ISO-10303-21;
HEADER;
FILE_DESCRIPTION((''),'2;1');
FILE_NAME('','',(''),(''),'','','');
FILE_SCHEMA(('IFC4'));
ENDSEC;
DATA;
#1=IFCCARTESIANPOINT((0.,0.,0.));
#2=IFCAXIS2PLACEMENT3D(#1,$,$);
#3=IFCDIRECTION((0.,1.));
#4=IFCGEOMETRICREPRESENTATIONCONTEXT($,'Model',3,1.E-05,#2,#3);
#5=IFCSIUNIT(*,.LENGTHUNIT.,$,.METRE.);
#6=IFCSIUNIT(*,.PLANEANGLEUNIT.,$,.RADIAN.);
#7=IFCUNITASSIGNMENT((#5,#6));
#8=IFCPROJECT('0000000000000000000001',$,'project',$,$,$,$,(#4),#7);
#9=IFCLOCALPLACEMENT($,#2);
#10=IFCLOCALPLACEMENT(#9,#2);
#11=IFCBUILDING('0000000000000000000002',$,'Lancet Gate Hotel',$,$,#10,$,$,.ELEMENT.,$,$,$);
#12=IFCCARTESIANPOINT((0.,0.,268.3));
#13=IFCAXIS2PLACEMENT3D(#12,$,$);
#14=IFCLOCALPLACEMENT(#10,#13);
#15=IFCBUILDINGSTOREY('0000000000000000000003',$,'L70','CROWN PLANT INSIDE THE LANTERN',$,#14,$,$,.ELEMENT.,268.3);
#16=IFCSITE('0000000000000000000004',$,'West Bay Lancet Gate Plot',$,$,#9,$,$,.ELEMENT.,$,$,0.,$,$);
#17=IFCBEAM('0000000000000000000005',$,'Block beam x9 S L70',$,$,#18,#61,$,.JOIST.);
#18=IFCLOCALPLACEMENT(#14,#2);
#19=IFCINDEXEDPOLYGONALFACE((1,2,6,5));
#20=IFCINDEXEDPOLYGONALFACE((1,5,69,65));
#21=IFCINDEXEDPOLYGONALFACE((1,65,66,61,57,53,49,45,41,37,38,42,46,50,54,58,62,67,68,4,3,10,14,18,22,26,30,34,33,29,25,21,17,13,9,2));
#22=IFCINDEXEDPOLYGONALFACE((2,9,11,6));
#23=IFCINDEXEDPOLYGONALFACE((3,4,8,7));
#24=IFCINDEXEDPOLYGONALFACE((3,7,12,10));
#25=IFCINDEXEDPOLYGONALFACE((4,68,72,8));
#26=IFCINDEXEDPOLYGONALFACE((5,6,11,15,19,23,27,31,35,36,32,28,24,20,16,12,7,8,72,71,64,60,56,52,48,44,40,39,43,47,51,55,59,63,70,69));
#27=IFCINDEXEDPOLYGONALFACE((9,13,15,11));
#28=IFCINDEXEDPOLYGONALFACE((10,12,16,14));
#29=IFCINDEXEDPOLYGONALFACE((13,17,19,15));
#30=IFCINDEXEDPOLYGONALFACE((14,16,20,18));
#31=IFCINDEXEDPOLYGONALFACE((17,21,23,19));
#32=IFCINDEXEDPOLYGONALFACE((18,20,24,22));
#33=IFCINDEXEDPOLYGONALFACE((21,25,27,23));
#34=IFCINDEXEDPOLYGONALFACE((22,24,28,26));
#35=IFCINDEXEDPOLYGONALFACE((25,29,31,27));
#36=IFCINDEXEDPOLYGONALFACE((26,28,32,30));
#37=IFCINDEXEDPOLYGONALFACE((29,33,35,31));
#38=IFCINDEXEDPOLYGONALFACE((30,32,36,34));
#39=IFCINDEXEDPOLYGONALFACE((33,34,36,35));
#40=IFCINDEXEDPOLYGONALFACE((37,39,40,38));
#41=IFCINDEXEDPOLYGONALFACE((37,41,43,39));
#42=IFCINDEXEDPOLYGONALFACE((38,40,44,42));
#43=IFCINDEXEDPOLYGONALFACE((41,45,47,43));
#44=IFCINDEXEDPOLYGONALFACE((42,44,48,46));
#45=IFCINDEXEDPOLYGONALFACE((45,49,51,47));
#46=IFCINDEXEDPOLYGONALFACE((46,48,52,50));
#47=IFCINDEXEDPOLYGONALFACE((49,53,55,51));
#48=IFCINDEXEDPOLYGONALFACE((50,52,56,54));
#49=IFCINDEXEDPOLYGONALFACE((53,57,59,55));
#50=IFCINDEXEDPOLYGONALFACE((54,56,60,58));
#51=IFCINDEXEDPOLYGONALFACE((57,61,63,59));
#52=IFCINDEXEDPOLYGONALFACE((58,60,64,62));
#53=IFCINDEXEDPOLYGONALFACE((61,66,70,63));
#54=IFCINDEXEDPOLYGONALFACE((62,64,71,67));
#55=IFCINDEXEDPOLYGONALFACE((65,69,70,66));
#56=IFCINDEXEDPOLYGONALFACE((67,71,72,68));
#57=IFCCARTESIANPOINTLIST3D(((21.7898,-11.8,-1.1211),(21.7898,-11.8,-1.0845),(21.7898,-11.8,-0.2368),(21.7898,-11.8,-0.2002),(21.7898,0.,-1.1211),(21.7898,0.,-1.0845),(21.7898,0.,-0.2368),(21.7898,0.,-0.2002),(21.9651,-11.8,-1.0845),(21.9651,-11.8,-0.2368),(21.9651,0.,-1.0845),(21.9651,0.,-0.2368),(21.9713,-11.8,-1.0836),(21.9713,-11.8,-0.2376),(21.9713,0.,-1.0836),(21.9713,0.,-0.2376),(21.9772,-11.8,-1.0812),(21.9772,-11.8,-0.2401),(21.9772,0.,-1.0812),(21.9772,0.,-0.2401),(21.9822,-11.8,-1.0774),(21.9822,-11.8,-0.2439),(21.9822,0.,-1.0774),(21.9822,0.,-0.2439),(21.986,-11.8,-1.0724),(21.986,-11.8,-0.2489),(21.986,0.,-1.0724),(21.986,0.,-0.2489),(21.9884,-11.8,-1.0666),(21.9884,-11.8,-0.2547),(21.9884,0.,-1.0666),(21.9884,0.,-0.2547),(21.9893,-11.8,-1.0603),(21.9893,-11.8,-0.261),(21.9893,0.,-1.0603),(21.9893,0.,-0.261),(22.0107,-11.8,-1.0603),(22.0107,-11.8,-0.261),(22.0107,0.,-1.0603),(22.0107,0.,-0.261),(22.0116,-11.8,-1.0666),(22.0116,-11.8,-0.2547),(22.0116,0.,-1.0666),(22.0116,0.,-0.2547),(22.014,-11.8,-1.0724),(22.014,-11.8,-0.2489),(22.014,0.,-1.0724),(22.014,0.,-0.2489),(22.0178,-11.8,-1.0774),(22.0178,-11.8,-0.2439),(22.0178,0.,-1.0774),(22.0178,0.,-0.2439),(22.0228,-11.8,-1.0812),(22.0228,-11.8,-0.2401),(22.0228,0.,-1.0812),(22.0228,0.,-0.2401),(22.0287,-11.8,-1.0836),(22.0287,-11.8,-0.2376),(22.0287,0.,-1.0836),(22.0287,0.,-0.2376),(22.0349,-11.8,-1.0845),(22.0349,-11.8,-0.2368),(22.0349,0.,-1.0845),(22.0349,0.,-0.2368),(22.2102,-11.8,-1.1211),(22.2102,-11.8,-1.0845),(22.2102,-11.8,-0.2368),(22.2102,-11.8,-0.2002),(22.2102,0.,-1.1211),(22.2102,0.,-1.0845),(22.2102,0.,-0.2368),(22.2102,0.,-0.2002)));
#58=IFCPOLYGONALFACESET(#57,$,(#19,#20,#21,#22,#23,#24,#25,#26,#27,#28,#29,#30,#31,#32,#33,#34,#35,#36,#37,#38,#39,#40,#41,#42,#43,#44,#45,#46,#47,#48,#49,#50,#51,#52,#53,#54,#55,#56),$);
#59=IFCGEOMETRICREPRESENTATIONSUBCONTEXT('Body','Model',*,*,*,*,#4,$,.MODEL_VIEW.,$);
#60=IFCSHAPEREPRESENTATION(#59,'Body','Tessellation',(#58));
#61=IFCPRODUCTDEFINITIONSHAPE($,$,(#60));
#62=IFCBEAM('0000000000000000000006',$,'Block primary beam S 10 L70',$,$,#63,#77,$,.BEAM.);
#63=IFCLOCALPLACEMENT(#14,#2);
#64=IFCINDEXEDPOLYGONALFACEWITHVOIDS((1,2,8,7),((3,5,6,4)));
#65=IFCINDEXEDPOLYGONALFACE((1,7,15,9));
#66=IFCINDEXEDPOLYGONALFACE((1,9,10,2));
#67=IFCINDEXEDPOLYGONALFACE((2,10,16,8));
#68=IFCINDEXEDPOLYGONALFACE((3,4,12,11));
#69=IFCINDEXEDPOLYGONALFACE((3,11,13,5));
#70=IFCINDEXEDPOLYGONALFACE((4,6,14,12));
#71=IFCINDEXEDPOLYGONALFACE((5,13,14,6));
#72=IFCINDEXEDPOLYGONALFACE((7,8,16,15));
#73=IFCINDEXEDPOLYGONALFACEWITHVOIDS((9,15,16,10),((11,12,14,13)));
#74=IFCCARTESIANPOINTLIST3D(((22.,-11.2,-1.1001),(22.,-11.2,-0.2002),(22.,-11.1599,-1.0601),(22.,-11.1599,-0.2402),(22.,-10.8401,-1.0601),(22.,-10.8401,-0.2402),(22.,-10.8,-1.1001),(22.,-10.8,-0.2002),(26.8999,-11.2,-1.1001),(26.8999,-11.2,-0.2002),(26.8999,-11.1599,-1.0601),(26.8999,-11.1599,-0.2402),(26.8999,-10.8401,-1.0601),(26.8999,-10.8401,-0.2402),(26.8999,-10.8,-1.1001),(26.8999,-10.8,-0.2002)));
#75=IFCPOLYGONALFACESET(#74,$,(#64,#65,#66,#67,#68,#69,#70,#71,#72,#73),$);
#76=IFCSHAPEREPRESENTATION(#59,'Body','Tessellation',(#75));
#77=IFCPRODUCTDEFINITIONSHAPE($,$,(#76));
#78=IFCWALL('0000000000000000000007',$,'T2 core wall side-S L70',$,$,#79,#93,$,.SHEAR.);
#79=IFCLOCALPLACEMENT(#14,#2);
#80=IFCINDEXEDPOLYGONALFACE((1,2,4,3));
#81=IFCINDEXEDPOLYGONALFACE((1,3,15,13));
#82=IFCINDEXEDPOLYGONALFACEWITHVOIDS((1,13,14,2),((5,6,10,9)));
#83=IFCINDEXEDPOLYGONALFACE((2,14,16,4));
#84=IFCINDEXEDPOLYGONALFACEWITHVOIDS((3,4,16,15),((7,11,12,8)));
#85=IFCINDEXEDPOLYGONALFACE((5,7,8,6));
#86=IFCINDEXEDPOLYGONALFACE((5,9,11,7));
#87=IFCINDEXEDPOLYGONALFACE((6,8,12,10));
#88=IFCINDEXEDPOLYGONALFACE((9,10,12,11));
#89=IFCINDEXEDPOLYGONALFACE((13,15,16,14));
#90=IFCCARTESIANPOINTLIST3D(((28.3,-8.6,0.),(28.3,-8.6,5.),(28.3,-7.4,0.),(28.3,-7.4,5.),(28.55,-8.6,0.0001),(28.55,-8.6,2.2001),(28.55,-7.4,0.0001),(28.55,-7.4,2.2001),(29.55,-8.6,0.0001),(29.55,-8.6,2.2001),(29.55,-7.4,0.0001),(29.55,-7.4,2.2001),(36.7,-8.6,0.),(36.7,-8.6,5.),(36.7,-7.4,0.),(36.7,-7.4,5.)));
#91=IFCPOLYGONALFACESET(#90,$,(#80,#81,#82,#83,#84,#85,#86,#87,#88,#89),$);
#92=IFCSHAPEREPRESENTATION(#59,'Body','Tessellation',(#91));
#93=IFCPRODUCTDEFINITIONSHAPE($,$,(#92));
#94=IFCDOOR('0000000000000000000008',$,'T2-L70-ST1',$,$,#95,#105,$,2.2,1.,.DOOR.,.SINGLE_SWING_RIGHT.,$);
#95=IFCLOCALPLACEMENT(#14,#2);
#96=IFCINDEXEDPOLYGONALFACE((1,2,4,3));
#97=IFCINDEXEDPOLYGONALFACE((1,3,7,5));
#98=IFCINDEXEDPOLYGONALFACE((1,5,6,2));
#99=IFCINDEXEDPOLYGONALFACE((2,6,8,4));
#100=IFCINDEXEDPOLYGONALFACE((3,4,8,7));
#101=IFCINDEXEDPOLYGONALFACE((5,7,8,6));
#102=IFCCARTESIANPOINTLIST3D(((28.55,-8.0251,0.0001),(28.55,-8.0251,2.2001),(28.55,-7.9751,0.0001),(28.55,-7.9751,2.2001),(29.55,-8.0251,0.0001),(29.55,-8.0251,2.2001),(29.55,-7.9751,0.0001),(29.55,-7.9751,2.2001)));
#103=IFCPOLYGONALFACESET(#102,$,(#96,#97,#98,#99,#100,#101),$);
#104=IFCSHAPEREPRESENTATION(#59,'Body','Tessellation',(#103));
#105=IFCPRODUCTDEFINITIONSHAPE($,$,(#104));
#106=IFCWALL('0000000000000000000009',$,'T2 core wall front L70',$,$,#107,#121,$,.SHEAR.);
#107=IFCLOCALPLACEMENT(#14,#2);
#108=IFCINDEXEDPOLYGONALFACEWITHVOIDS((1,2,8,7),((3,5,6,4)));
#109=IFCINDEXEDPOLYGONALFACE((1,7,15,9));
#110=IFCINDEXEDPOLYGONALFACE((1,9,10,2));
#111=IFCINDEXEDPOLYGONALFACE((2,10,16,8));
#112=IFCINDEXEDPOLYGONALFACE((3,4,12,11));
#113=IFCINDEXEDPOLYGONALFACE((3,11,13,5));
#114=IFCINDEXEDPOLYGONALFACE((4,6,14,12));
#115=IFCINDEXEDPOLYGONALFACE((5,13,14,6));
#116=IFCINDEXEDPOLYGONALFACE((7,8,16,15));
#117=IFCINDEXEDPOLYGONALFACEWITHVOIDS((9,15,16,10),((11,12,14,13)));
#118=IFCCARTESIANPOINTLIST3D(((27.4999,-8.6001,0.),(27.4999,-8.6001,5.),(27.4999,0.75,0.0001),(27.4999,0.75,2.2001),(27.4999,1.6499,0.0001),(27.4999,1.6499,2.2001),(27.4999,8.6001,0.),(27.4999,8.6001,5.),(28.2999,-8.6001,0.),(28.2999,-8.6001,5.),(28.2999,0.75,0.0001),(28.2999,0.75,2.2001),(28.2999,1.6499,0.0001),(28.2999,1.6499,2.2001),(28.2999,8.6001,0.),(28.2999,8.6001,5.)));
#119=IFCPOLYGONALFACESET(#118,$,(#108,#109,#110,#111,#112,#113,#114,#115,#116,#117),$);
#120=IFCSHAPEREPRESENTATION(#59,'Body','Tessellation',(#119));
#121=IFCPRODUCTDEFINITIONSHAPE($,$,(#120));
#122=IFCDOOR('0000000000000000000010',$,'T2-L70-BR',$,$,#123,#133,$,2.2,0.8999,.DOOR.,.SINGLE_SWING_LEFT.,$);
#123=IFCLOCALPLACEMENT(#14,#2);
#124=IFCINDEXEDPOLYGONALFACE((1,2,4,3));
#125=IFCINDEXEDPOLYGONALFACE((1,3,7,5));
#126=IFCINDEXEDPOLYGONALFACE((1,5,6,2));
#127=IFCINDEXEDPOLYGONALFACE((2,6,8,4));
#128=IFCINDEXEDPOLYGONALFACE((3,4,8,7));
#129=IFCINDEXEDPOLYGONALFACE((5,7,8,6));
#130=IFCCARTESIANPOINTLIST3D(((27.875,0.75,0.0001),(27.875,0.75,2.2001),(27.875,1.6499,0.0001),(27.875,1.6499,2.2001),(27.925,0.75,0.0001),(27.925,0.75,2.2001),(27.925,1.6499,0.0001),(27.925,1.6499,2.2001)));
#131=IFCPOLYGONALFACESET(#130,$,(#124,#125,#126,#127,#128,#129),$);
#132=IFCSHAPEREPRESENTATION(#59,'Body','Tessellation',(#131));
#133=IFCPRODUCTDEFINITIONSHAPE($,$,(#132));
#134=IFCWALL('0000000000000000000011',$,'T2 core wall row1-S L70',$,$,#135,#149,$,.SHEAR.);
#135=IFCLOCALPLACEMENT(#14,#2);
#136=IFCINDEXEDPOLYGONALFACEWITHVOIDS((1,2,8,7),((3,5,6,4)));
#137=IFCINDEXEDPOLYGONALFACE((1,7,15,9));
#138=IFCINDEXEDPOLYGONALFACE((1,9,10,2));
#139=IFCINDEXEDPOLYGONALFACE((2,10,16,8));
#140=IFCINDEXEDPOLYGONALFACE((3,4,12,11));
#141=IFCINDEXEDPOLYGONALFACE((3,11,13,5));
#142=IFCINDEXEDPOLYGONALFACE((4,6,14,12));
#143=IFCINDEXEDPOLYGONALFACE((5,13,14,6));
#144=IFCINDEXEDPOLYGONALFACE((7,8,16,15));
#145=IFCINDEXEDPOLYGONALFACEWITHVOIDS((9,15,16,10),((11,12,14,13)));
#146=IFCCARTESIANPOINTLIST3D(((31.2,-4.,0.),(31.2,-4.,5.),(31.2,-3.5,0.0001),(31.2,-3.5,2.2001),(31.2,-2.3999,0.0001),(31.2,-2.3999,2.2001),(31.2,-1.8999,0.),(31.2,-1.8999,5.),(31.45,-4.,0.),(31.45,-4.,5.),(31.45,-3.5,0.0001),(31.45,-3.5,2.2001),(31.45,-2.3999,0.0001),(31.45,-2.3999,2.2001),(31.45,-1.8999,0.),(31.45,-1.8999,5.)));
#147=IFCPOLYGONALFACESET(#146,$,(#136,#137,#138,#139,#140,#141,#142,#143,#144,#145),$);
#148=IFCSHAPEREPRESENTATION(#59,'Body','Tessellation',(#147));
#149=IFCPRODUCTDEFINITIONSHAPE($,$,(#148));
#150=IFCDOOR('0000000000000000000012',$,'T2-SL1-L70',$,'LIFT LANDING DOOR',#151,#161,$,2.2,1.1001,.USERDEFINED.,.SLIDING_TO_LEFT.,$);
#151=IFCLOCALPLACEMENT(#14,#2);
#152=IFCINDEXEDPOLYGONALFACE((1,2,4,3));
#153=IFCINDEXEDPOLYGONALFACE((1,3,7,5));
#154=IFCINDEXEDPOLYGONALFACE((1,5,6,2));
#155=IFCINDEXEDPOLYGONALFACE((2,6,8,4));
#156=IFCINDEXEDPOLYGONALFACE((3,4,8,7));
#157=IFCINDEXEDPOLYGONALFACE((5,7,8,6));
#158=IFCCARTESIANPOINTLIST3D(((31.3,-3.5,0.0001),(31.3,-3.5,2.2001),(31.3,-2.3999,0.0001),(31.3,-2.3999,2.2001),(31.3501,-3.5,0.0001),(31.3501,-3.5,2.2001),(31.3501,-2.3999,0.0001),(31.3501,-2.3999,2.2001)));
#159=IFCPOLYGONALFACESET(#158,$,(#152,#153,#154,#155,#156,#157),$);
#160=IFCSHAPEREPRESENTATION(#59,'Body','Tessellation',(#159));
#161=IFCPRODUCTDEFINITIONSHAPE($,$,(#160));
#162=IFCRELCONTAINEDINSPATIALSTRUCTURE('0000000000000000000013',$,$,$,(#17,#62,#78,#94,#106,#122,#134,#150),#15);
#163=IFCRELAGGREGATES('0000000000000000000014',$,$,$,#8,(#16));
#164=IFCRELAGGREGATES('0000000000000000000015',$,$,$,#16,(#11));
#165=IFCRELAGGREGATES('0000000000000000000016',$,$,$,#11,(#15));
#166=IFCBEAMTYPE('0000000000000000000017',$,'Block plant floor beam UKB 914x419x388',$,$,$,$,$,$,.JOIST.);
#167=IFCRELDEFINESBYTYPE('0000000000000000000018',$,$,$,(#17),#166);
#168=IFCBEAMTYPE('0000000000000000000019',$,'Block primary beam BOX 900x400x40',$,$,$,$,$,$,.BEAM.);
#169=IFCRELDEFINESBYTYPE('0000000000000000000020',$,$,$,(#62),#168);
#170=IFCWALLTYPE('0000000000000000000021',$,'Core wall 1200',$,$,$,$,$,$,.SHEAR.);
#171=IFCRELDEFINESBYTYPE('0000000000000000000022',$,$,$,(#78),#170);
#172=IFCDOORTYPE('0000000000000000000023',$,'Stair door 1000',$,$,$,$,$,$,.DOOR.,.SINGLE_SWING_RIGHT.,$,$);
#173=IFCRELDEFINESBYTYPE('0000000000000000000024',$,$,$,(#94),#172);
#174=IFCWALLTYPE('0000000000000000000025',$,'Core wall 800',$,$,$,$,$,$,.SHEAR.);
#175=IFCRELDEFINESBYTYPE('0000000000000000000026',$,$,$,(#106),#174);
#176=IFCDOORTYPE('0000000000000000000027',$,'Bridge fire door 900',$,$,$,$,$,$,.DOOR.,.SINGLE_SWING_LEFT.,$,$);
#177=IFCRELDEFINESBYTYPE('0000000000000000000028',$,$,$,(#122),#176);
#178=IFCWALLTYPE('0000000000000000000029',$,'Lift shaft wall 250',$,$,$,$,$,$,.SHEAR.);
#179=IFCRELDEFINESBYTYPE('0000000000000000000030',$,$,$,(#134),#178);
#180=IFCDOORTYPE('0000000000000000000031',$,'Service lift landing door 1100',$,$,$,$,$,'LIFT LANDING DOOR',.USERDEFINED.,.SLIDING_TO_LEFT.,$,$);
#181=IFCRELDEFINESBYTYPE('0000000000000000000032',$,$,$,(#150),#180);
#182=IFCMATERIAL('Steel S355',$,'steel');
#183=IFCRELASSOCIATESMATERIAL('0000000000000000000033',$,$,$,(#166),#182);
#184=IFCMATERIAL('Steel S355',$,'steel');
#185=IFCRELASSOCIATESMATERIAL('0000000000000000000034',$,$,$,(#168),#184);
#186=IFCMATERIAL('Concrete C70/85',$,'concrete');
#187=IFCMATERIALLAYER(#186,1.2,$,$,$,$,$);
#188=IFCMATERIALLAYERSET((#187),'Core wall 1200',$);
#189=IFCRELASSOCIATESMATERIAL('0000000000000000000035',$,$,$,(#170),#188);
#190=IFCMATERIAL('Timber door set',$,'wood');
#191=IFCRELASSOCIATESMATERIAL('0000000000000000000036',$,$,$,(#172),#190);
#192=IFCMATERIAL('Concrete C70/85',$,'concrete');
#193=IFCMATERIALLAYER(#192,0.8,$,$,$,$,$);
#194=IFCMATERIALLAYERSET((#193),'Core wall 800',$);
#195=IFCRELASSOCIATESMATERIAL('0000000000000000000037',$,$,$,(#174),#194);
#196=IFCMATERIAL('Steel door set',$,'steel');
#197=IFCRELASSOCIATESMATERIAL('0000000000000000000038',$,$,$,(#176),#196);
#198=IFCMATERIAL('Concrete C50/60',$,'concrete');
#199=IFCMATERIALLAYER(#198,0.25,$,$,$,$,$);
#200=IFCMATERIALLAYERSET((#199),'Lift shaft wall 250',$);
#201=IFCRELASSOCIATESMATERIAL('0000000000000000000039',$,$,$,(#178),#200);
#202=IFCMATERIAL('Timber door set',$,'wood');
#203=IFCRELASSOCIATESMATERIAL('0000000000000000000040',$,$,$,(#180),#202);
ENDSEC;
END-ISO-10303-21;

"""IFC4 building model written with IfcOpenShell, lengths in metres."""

from ifc_helpers import new_model, si_unit, direction, frame, frame_2d, origin, origin_2d, place, context, subcontext, project, spatial, rectangle, hollow_rectangle, i_section, extrude, material, layer, layer_set, material_profile, profile_set, type_object, element, fill, save


model = new_model("IFC4")

# Units and contexts
model_context = context("Model", 3, precision=1e-05, world=origin(), true_north=direction((0.0, 1.0)))
body_context = subcontext(model_context, "Body", "Model", "MODEL_VIEW")
ifc_project = project(units=[si_unit("LENGTHUNIT", "METRE"), si_unit("PLANEANGLEUNIT", "RADIAN")], contexts=[model_context])

# Site, building, storey
site_placement = place(None, origin())
site = spatial("IfcSite", under=ifc_project, at=site_placement, Name="West Bay Lancet Gate Plot", CompositionType="ELEMENT", RefElevation=0.0)
building_placement = place(site_placement, origin())
building = spatial("IfcBuilding", under=site, at=building_placement, Name="Lancet Gate Hotel", CompositionType="ELEMENT")
storey_placement = place(building_placement, frame((0.0, 0.0, 268.3)))
storey = spatial("IfcBuildingStorey", under=building, at=storey_placement, Name="L70", Description="CROWN PLANT INSIDE THE LANTERN", CompositionType="ELEMENT", Elevation=268.3)

# Beams
ifc_material_1 = material(Name="Steel S355", Category="steel")
ifc_material_profile_1 = material_profile(ifc_material_1, i_section(OverallWidth=0.4204, OverallDepth=0.9209, WebThickness=0.0215, FlangeThickness=0.0366, FilletRadius=0.0242, at=origin_2d()), Name="UKB 914x419x388")
ifc_profile_set_1 = profile_set([ifc_material_profile_1], Name="Steel S355")
beam_type_1 = type_object("IfcBeamType", Name="Block plant floor beam UKB 914x419x388", PredefinedType="JOIST", material=ifc_profile_set_1)
beam_1_placement = place(storey_placement, frame((22.0, -11.8, -0.6606), z_axis=(0.0, 1.0, 0.0), x_axis=(-1.0, 0.0, 0.0)))
element("IfcBeam", 1, at=beam_1_placement, inside=storey, type_object=beam_type_1, Name="Block beam x9 S L70", PredefinedType="JOIST", context=body_context, shape_type="SweptSolid", body=[
    extrude(i_section(OverallWidth=0.4204, OverallDepth=0.9209, WebThickness=0.0215, FlangeThickness=0.0366, FilletRadius=0.0242, at=origin_2d()), origin(), (0.0, 0.0, 1.0), 11.8),
])
ifc_material_2 = material(Name="Steel S355", Category="steel")
ifc_material_profile_2 = material_profile(ifc_material_2, hollow_rectangle(XDim=0.3999, YDim=0.8999, WallThickness=0.04, at=origin_2d()), Name="BOX 900x400x40")
ifc_profile_set_2 = profile_set([ifc_material_profile_2], Name="Steel S355")
beam_type_2 = type_object("IfcBeamType", Name="Block primary beam BOX 900x400x40", PredefinedType="BEAM", material=ifc_profile_set_2)
beam_2_placement = place(storey_placement, frame((22.0, -11.0, -0.6501), z_axis=(1.0, 0.0, 0.0), x_axis=(0.0, 1.0, 0.0)))
element("IfcBeam", 2, at=beam_2_placement, inside=storey, type_object=beam_type_2, Name="Block primary beam S 10 L70", PredefinedType="BEAM", context=body_context, shape_type="SweptSolid", body=[
    extrude(hollow_rectangle(XDim=0.3999, YDim=0.8999, WallThickness=0.04, at=origin_2d()), origin(), (0.0, 0.0, 1.0), 4.8999),
])

# Walls, openings, doors
ifc_material_3 = material(Name="Concrete C70/85", Category="concrete")
ifc_layer_1 = layer(ifc_material_3, 1.2)
ifc_layer_set_1 = layer_set([ifc_layer_1], Name="Core wall 1200")
wall_type_1 = type_object("IfcWallType", Name="Core wall 1200", PredefinedType="SHEAR", material=ifc_layer_set_1)
wall_1_placement = place(storey_placement, frame((28.3, -8.0, 0.0), z_axis=(0.0, 0.0, 1.0), x_axis=(1.0, 0.0, 0.0)))
wall_1 = element("IfcWall", 3, at=wall_1_placement, inside=storey, type_object=wall_type_1, Name="T2 core wall side-S L70", PredefinedType="SHEAR", context=body_context, shape_type="SweptSolid", body=[
    extrude(rectangle(XDim=8.3999, YDim=1.2, at=frame_2d((4.2, 0.0))), origin(), (0.0, 0.0, 1.0), 5.0),
])
opening_1_placement = place(wall_1_placement, frame((0.25, 0.0, 0.0)))
opening_1 = element("IfcOpeningElement", 4, at=opening_1_placement, cuts=wall_1, PredefinedType="OPENING", context=body_context, shape_type="SweptSolid", body=[
    extrude(rectangle(XDim=1.0, YDim=2.2, at=frame_2d((0.5, 1.1001))), frame((0.0, 0.6099, 0.0), z_axis=(0.0, -1.0, 0.0), x_axis=(1.0, 0.0, 0.0)), (0.0, 0.0, 1.0), 1.22),
])
ifc_material_4 = material(Name="Timber door set", Category="wood")
door_type_1 = type_object("IfcDoorType", Name="Stair door 1000", OperationType="SINGLE_SWING_RIGHT", PredefinedType="DOOR", material=ifc_material_4)
door_1_placement = place(opening_1_placement, origin())
door_1 = element("IfcDoor", 5, at=door_1_placement, inside=storey, type_object=door_type_1, Name="T2-L70-ST1", OperationType="SINGLE_SWING_RIGHT", OverallHeight=2.2, OverallWidth=1.0, PredefinedType="DOOR", context=body_context, shape_type="SweptSolid", body=[
    extrude(rectangle(XDim=1.0, YDim=2.2, at=frame_2d((0.5, 1.1001))), frame((0.0, 0.0249, 0.0), z_axis=(0.0, -1.0, 0.0), x_axis=(1.0, 0.0, 0.0)), (0.0, 0.0, 1.0), 0.05),
])
fill(opening_1, door_1)
ifc_material_5 = material(Name="Concrete C70/85", Category="concrete")
ifc_layer_2 = layer(ifc_material_5, 0.8)
ifc_layer_set_2 = layer_set([ifc_layer_2], Name="Core wall 800")
wall_type_2 = type_object("IfcWallType", Name="Core wall 800", PredefinedType="SHEAR", material=ifc_layer_set_2)
wall_2_placement = place(storey_placement, frame((27.8999, -8.6001, 0.0), z_axis=(0.0, 0.0, 1.0), x_axis=(0.0, 1.0, 0.0)))
wall_2 = element("IfcWall", 6, at=wall_2_placement, inside=storey, type_object=wall_type_2, Name="T2 core wall front L70", PredefinedType="SHEAR", context=body_context, shape_type="SweptSolid", body=[
    extrude(rectangle(XDim=17.2002, YDim=0.8, at=frame_2d((8.6001, 0.0))), origin(), (0.0, 0.0, 1.0), 5.0),
])
opening_2_placement = place(wall_2_placement, frame((9.3501, 0.0, 0.0)))
opening_2 = element("IfcOpeningElement", 7, at=opening_2_placement, cuts=wall_2, PredefinedType="OPENING", context=body_context, shape_type="SweptSolid", body=[
    extrude(rectangle(XDim=0.8999, YDim=2.2, at=frame_2d((0.45, 1.1001))), frame((0.0, 0.4099, 0.0), z_axis=(0.0, -1.0, 0.0), x_axis=(1.0, 0.0, 0.0)), (0.0, 0.0, 1.0), 0.8201),
])
ifc_material_6 = material(Name="Steel door set", Category="steel")
door_type_2 = type_object("IfcDoorType", Name="Bridge fire door 900", OperationType="SINGLE_SWING_LEFT", PredefinedType="DOOR", material=ifc_material_6)
door_2_placement = place(opening_2_placement, origin())
door_2 = element("IfcDoor", 8, at=door_2_placement, inside=storey, type_object=door_type_2, Name="T2-L70-BR", OperationType="SINGLE_SWING_LEFT", OverallHeight=2.2, OverallWidth=0.8999, PredefinedType="DOOR", context=body_context, shape_type="SweptSolid", body=[
    extrude(rectangle(XDim=0.8999, YDim=2.2, at=frame_2d((0.45, 1.1001))), frame((0.0, 0.0249, 0.0), z_axis=(0.0, -1.0, 0.0), x_axis=(1.0, 0.0, 0.0)), (0.0, 0.0, 1.0), 0.05),
])
fill(opening_2, door_2)
ifc_material_7 = material(Name="Concrete C50/60", Category="concrete")
ifc_layer_3 = layer(ifc_material_7, 0.25)
ifc_layer_set_3 = layer_set([ifc_layer_3], Name="Lift shaft wall 250")
wall_type_3 = type_object("IfcWallType", Name="Lift shaft wall 250", PredefinedType="SHEAR", material=ifc_layer_set_3)
wall_3_placement = place(storey_placement, frame((31.325, -4.0, 0.0), z_axis=(0.0, 0.0, 1.0), x_axis=(0.0, 1.0, 0.0)))
wall_3 = element("IfcWall", 9, at=wall_3_placement, inside=storey, type_object=wall_type_3, Name="T2 core wall row1-S L70", PredefinedType="SHEAR", context=body_context, shape_type="SweptSolid", body=[
    extrude(rectangle(XDim=2.1001, YDim=0.25, at=frame_2d((1.05, 0.0))), origin(), (0.0, 0.0, 1.0), 5.0),
])
opening_3_placement = place(wall_3_placement, frame((0.5, 0.0, 0.0)))
opening_3 = element("IfcOpeningElement", 10, at=opening_3_placement, cuts=wall_3, PredefinedType="OPENING", context=body_context, shape_type="SweptSolid", body=[
    extrude(rectangle(XDim=1.1001, YDim=2.2, at=frame_2d((0.55, 1.1001))), frame((0.0, 0.135, 0.0), z_axis=(0.0, -1.0, 0.0), x_axis=(1.0, 0.0, 0.0)), (0.0, 0.0, 1.0), 0.27),
])
ifc_material_8 = material(Name="Timber door set", Category="wood")
door_type_3 = type_object("IfcDoorType", Name="Service lift landing door 1100", ElementType="LIFT LANDING DOOR", OperationType="SLIDING_TO_LEFT", PredefinedType="USERDEFINED", material=ifc_material_8)
door_3_placement = place(opening_3_placement, origin())
door_3 = element("IfcDoor", 11, at=door_3_placement, inside=storey, type_object=door_type_3, Name="T2-SL1-L70", ObjectType="LIFT LANDING DOOR", OperationType="SLIDING_TO_LEFT", OverallHeight=2.2, OverallWidth=1.1001, PredefinedType="USERDEFINED", context=body_context, shape_type="SweptSolid", body=[
    extrude(rectangle(XDim=1.1001, YDim=2.2, at=frame_2d((0.55, 1.1001))), frame((0.0, 0.0249, 0.0), z_axis=(0.0, -1.0, 0.0), x_axis=(1.0, 0.0, 0.0)), (0.0, 0.0, 1.0), 0.05),
])
fill(opening_3, door_3)

save(model, "model.ifc")
